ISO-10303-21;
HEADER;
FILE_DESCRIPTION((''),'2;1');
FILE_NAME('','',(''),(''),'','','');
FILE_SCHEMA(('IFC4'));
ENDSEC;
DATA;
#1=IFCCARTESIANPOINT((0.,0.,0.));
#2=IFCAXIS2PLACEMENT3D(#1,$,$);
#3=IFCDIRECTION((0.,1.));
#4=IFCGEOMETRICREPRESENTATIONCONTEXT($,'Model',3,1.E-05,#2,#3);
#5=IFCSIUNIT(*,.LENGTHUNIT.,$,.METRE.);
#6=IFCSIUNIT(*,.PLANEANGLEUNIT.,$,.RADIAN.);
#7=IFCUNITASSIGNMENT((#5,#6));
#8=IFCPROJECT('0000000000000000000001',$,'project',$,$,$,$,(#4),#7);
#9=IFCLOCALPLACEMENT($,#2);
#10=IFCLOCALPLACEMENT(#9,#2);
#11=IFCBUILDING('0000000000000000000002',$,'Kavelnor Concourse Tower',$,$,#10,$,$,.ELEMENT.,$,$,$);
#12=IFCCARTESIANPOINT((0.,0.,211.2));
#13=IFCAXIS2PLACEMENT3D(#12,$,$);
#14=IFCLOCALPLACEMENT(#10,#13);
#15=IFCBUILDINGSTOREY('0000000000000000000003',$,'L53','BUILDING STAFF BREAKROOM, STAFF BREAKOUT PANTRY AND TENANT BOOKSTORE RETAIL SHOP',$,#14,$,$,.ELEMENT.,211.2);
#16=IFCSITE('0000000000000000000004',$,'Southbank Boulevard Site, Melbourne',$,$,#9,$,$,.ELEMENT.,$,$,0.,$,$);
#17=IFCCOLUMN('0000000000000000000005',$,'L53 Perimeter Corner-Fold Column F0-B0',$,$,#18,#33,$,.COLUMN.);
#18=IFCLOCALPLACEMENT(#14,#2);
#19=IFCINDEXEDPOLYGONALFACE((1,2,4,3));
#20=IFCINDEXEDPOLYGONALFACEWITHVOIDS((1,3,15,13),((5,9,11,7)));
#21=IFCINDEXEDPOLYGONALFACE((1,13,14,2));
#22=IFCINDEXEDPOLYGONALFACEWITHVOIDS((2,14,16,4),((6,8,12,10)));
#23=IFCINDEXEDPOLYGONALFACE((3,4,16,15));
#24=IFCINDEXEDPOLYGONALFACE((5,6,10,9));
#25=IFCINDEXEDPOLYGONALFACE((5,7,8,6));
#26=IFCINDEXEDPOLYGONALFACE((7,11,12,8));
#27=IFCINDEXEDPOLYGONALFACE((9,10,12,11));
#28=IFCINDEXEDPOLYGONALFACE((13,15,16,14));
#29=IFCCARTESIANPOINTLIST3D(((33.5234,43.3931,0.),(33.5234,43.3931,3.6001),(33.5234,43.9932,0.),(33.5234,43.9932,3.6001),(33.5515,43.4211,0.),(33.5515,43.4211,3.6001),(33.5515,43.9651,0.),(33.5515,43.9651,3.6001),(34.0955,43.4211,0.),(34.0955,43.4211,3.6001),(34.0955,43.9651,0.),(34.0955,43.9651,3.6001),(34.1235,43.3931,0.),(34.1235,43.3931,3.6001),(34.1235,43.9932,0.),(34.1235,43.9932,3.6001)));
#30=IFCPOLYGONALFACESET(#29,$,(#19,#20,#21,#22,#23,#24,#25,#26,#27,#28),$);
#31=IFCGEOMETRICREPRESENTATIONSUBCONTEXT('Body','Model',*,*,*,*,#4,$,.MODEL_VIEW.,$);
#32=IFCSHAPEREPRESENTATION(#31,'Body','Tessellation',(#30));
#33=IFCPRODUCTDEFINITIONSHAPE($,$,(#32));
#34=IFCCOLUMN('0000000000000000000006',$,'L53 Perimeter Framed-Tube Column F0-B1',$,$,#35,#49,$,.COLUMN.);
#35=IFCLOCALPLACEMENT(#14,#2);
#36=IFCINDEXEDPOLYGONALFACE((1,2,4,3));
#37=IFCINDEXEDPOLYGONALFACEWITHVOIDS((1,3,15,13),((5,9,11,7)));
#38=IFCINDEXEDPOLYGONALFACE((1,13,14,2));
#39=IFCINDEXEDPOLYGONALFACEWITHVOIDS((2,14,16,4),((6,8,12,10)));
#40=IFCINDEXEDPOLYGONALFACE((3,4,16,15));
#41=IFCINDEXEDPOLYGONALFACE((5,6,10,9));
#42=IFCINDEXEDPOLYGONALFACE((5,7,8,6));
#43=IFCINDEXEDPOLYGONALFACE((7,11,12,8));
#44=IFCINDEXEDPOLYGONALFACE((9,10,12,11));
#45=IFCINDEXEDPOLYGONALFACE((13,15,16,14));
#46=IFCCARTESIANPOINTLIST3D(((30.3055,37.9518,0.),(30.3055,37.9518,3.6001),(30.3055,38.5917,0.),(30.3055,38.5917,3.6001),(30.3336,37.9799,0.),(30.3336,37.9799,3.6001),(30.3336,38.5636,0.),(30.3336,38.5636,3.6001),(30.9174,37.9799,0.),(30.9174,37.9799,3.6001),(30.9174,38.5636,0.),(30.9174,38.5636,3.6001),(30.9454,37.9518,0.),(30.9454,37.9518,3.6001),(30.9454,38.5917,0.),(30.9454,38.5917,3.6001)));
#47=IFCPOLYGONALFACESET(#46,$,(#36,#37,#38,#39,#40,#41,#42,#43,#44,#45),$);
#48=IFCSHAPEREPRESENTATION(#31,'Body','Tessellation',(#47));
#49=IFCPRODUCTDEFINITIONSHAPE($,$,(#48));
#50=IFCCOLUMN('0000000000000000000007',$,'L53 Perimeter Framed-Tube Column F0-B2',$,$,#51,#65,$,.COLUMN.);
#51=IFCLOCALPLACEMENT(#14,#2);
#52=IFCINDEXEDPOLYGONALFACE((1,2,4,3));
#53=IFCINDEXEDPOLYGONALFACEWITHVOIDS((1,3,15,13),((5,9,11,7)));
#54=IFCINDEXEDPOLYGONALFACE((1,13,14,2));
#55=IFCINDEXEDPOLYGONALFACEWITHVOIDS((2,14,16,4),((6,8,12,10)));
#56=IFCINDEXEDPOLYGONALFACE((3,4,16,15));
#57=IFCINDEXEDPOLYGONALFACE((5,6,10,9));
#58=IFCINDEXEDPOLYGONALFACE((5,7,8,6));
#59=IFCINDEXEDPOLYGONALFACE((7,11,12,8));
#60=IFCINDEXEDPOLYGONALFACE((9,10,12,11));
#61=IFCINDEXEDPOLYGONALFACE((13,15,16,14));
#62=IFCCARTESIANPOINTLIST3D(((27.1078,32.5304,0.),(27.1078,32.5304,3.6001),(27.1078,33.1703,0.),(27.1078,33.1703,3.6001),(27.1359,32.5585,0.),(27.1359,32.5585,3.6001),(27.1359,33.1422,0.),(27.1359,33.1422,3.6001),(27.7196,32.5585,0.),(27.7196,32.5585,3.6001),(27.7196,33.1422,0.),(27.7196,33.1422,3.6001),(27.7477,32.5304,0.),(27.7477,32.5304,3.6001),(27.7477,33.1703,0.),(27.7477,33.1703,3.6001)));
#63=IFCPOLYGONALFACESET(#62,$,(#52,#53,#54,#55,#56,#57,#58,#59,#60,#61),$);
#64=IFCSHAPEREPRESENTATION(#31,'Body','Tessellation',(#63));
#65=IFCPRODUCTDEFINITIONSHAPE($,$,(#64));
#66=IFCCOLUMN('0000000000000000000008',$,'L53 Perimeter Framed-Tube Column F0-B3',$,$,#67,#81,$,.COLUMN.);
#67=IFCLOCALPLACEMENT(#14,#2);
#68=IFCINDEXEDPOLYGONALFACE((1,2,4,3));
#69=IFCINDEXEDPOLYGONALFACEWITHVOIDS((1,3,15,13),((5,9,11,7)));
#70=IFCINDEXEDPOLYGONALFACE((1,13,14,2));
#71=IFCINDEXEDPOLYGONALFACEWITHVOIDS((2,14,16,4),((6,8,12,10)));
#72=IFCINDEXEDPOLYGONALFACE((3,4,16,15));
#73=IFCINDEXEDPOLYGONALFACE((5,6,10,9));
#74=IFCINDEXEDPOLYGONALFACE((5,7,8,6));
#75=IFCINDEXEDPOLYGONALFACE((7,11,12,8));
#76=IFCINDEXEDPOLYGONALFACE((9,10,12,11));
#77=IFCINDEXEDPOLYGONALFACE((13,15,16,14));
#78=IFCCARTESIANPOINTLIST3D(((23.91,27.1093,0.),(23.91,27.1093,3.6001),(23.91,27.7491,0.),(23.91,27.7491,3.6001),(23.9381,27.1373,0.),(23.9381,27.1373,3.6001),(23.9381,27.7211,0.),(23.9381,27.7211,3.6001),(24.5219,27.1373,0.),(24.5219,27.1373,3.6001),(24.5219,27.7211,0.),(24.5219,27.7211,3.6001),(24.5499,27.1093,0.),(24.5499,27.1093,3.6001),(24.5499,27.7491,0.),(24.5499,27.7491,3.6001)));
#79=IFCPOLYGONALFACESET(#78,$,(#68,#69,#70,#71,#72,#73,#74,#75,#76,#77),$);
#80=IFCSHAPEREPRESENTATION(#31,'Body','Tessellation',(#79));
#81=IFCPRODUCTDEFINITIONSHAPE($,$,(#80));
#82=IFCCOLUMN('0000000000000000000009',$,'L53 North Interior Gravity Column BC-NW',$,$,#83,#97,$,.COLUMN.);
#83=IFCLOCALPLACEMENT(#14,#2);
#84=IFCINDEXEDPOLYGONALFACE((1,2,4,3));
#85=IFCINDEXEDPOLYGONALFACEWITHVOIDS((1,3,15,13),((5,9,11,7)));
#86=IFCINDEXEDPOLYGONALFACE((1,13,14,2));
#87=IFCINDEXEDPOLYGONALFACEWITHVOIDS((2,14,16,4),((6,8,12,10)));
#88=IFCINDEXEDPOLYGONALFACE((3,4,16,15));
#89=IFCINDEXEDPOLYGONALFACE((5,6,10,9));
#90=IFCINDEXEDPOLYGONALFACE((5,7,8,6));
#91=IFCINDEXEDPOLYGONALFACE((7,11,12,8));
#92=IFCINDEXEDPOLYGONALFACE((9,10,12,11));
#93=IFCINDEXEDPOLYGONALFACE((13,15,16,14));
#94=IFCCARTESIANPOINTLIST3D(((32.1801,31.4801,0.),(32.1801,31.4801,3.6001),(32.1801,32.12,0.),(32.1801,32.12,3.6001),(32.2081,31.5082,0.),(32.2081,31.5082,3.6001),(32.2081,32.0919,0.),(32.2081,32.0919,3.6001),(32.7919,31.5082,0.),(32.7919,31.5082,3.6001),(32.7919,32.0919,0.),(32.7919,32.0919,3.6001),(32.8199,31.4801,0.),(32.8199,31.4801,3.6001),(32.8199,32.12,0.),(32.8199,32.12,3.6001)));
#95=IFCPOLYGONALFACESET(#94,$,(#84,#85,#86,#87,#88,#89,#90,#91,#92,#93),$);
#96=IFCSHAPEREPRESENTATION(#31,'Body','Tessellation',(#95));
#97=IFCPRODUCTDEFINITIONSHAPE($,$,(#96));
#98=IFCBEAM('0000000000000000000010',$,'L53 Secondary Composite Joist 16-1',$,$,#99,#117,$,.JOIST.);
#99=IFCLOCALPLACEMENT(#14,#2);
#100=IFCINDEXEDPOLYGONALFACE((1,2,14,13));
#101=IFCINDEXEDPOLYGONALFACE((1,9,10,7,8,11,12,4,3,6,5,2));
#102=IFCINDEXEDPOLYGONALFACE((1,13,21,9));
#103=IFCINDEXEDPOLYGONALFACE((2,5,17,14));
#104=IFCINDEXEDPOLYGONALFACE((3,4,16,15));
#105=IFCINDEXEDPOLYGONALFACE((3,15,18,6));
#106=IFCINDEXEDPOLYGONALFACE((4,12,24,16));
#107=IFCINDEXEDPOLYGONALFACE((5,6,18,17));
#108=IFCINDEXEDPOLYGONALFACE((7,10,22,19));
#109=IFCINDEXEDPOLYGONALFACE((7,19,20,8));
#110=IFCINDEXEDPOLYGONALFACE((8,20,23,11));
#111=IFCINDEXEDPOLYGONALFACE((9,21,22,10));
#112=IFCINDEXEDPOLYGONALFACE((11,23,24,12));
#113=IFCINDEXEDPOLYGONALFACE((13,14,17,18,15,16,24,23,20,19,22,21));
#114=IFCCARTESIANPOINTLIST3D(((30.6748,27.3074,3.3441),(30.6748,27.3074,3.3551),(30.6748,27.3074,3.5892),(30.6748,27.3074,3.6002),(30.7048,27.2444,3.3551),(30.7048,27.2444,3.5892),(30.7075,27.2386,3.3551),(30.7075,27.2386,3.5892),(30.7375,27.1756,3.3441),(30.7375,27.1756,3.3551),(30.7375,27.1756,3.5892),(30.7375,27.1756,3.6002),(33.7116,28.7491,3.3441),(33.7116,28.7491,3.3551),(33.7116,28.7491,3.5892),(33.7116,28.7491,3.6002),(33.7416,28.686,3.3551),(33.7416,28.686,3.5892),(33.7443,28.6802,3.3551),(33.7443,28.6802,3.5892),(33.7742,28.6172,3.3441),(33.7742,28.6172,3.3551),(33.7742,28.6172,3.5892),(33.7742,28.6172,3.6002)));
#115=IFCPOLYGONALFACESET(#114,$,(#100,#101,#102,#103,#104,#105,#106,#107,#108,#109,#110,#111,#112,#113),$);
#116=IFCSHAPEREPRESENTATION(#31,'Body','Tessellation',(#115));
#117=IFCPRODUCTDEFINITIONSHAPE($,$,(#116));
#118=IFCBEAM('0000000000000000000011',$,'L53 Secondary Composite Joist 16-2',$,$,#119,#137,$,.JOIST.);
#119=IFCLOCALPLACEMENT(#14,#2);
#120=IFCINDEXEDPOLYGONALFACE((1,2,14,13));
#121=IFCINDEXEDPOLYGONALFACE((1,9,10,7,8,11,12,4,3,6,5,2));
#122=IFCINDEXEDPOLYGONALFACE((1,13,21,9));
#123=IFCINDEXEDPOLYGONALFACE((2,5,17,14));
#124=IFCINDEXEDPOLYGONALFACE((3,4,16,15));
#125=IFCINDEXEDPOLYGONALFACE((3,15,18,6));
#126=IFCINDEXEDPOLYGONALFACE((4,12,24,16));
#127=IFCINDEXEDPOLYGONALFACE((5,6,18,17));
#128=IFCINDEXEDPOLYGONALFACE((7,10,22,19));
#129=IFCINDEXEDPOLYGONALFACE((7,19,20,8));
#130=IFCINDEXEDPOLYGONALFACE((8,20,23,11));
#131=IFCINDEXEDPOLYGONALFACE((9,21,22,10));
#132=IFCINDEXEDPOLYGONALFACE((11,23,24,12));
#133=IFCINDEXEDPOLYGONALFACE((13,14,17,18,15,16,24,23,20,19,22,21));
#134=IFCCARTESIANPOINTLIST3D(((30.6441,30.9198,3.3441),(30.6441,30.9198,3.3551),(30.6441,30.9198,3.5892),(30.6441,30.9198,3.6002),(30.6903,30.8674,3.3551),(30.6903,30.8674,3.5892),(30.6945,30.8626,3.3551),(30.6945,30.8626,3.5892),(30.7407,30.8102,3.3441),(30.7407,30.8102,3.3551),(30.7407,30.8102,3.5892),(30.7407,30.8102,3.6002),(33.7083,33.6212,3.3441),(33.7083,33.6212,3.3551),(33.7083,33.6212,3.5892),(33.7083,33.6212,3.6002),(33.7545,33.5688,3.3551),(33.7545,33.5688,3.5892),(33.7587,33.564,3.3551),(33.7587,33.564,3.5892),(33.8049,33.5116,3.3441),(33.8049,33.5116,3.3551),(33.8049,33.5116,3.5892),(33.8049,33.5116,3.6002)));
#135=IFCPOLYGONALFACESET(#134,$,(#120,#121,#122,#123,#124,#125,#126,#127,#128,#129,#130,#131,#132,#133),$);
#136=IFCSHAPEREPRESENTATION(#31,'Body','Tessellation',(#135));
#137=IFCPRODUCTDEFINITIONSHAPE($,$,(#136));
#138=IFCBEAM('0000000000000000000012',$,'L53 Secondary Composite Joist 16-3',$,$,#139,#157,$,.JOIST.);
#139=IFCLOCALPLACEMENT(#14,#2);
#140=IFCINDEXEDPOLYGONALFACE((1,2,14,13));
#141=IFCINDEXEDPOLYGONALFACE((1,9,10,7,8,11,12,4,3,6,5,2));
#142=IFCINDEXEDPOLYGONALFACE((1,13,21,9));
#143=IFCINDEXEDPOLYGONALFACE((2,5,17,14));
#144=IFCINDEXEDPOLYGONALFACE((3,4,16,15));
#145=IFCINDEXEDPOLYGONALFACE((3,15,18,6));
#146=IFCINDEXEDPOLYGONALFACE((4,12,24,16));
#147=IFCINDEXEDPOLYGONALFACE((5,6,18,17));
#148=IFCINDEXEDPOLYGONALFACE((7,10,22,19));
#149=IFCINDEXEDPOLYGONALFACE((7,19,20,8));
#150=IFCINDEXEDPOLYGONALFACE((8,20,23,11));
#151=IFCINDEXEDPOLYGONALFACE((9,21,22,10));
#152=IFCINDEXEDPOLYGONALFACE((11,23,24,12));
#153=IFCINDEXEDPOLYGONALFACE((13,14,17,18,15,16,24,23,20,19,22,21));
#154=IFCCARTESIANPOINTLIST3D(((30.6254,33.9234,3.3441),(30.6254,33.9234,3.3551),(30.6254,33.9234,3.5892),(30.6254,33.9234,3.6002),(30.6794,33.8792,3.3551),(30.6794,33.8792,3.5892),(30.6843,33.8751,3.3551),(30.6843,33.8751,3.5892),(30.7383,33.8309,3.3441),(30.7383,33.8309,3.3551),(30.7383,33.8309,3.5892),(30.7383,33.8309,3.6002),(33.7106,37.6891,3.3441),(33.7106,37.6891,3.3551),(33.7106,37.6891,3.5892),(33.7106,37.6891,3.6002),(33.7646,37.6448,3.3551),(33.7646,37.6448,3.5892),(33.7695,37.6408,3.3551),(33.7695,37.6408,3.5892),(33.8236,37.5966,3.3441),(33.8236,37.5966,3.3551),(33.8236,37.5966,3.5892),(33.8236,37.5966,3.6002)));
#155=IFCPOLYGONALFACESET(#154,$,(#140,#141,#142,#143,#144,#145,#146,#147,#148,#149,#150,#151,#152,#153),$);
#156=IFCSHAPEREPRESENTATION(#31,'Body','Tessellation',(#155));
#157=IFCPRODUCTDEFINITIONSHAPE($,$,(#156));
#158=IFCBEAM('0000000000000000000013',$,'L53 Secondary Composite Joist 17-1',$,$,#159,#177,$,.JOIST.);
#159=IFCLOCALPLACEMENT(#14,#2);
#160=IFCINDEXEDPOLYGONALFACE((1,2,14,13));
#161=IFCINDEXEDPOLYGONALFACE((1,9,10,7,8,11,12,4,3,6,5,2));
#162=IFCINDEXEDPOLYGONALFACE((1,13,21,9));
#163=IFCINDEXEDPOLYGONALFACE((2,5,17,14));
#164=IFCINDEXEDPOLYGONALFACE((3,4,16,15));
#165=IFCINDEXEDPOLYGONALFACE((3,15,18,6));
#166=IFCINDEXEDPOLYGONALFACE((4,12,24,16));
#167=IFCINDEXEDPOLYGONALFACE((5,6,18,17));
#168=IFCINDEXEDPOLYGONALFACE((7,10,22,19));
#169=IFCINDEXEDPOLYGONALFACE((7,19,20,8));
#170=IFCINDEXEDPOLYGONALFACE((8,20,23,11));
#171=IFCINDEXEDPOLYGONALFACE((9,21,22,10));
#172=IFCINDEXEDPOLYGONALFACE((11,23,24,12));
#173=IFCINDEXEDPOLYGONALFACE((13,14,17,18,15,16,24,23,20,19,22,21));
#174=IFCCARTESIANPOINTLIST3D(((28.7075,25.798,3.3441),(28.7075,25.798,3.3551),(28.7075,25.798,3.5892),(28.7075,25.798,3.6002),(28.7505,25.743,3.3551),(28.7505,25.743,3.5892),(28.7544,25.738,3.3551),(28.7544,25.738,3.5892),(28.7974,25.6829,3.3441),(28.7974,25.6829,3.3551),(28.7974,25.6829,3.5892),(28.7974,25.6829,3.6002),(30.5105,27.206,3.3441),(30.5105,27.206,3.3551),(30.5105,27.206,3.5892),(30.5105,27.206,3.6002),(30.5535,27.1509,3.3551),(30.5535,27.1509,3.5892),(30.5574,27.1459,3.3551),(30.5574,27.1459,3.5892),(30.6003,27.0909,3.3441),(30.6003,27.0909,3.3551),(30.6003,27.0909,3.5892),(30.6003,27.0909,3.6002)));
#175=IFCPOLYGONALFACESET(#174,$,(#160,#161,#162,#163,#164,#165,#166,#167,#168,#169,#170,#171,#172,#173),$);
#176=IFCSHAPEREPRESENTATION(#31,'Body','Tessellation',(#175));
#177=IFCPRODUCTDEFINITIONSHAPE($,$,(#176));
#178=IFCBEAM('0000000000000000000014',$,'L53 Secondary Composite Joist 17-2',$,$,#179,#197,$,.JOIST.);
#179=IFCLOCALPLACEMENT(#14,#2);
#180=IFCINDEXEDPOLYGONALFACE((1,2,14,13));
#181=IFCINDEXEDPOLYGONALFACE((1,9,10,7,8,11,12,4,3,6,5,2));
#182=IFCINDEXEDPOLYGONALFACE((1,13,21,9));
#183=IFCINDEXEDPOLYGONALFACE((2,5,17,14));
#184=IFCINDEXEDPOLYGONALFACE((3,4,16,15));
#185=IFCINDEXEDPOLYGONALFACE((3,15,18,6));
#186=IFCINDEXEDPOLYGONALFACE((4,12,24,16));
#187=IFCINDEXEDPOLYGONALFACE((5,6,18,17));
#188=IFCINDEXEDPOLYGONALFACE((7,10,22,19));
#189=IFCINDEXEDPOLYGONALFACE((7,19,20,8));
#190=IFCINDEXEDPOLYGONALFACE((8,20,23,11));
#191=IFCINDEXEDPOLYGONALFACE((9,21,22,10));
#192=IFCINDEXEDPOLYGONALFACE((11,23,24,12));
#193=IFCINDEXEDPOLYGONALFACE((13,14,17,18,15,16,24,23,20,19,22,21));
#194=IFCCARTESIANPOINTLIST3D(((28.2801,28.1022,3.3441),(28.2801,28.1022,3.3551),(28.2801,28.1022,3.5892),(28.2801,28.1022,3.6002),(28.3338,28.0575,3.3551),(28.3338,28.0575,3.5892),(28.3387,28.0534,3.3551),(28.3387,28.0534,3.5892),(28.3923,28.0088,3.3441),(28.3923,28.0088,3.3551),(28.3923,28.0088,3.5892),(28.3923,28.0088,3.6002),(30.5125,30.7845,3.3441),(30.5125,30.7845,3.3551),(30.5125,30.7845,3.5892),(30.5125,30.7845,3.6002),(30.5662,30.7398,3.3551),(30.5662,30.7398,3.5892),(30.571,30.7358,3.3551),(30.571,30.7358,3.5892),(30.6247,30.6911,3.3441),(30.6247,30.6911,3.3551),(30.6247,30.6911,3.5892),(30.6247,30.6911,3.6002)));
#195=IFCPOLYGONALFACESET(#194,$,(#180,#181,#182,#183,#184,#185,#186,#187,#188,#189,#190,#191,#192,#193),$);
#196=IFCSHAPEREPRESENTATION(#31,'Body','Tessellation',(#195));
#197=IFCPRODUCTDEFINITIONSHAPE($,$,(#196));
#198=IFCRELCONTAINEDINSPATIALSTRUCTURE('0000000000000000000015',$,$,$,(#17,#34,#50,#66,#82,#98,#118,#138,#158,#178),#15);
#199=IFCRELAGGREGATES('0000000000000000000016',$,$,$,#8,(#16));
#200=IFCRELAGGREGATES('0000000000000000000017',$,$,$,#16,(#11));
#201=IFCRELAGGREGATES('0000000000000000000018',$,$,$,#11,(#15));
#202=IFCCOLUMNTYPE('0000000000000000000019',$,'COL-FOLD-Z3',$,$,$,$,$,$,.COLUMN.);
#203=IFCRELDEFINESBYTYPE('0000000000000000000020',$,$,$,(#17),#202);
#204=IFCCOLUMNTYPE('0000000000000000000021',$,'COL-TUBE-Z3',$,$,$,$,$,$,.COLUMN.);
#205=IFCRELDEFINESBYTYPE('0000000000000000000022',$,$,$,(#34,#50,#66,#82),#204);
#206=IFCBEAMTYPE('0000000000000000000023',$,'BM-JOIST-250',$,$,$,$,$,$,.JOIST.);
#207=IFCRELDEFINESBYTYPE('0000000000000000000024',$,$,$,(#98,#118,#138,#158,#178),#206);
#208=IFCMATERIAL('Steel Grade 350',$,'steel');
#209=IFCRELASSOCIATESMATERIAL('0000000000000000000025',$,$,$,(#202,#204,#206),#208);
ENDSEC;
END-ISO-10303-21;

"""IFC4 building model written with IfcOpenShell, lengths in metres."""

from ifc_helpers import new_model, si_unit, direction, frame, origin, origin_2d, place, context, subcontext, project, spatial, hollow_rectangle, i_section, extrude, material, material_profile, profile_set, type_object, element, save


model = new_model("IFC4")

# Units and contexts
model_context = context("Model", 3, precision=1e-05, world=origin(), true_north=direction((0.0, 1.0)))
body_context = subcontext(model_context, "Body", "Model", "MODEL_VIEW")
ifc_project = project(units=[si_unit("LENGTHUNIT", "METRE"), si_unit("PLANEANGLEUNIT", "RADIAN")], contexts=[model_context])

# Site, building, storey
site_placement = place(None, origin())
site = spatial("IfcSite", under=ifc_project, at=site_placement, Name="Southbank Boulevard Site, Melbourne", CompositionType="ELEMENT", RefElevation=0.0)
building_placement = place(site_placement, origin())
building = spatial("IfcBuilding", under=site, at=building_placement, Name="Kavelnor Concourse Tower", CompositionType="ELEMENT")
storey_placement = place(building_placement, frame((0.0, 0.0, 211.2)))
storey = spatial("IfcBuildingStorey", under=building, at=storey_placement, Name="L53", Description="BUILDING STAFF BREAKROOM, STAFF BREAKOUT PANTRY AND TENANT BOOKSTORE RETAIL SHOP", CompositionType="ELEMENT", Elevation=211.2)

# Columns
ifc_material_1 = material(Name="Steel Grade 350", Category="steel")
ifc_material_profile_1 = material_profile(ifc_material_1, hollow_rectangle(XDim=0.6001, YDim=0.6001, WallThickness=0.0281, at=origin_2d()), Name="SHS 600x600x28")
ifc_profile_set_1 = profile_set([ifc_material_profile_1], Name="Steel Grade 350")
column_type_1 = type_object("IfcColumnType", Name="COL-FOLD-Z3", PredefinedType="COLUMN", material=ifc_profile_set_1)
column_placement = place(storey_placement, frame((33.8235, 43.6931, 0.0), z_axis=(0.0, 0.0, 1.0), x_axis=(1.0, 0.0, 0.0)))
element("IfcColumn", 1, at=column_placement, inside=storey, type_object=column_type_1, Name="L53 Perimeter Corner-Fold Column F0-B0", PredefinedType="COLUMN", context=body_context, shape_type="SweptSolid", body=[
    extrude(hollow_rectangle(XDim=0.6001, YDim=0.6001, WallThickness=0.0281, at=origin_2d()), origin(), (0.0, 0.0, 1.0), 3.6001),
])
ifc_material_profile_2 = material_profile(ifc_material_1, hollow_rectangle(XDim=0.6399, YDim=0.6399, WallThickness=0.0281, at=origin_2d()), Name="SHS 640x640x28")
ifc_profile_set_2 = profile_set([ifc_material_profile_2], Name="Steel Grade 350")
column_type_2 = type_object("IfcColumnType", Name="COL-TUBE-Z3", PredefinedType="COLUMN", material=ifc_profile_set_2)
for number, where, z_axis, x_axis, name in (
    (2, (30.6255, 38.2717, 0.0), (0.0, 0.0, 1.0), (1.0, 0.0, 0.0), "L53 Perimeter Framed-Tube Column F0-B1"),
    (3, (27.4277, 32.8503, 0.0), (0.0, 0.0, 1.0), (1.0, 0.0, 0.0), "L53 Perimeter Framed-Tube Column F0-B2"),
    (4, (24.23, 27.4292, 0.0), (0.0, 0.0, 1.0), (1.0, 0.0, 0.0), "L53 Perimeter Framed-Tube Column F0-B3"),
    (5, (32.5, 31.8, 0.0), (0.0, 0.0, 1.0), (1.0, 0.0, 0.0), "L53 North Interior Gravity Column BC-NW"),
):
    element("IfcColumn", number, at=place(storey_placement, frame(where, z_axis=z_axis, x_axis=x_axis)), inside=storey, type_object=column_type_2, Name=name, PredefinedType="COLUMN", context=body_context, shape_type="SweptSolid", body=[
        extrude(hollow_rectangle(XDim=0.6399, YDim=0.6399, WallThickness=0.0281, at=origin_2d()), origin(), (0.0, 0.0, 1.0), 3.6001),
    ])

# Beams
ifc_material_profile_3 = material_profile(ifc_material_1, i_section(OverallWidth=0.146, OverallDepth=0.2561, WebThickness=0.0063, FlangeThickness=0.011, at=origin_2d()), Name="250UB37")
ifc_profile_set_3 = profile_set([ifc_material_profile_3], Name="Steel Grade 350")
beam_type_1 = type_object("IfcBeamType", Name="BM-JOIST-250", PredefinedType="JOIST", material=ifc_profile_set_3)
beam_1_placement = place(storey_placement, frame((33.7429, 28.6831, 3.4722), z_axis=(-0.903377, -0.428848, 0.0), x_axis=(0.428848, -0.903377, 0.0)))
element("IfcBeam", 6, at=beam_1_placement, inside=storey, type_object=beam_type_1, Name="L53 Secondary Composite Joist 16-1", PredefinedType="JOIST", context=body_context, shape_type="SweptSolid", body=[
    extrude(i_section(OverallWidth=0.146, OverallDepth=0.2561, WebThickness=0.0063, FlangeThickness=0.011, at=origin_2d()), origin(), (0.0, 0.0, 1.0), 3.3616),
])
beam_2_placement = place(storey_placement, frame((33.7566, 33.5664, 3.4722), z_axis=(-0.750117, -0.661305, 0.0), x_axis=(0.661305, -0.750117, 0.0)))
element("IfcBeam", 7, at=beam_2_placement, inside=storey, type_object=beam_type_1, Name="L53 Secondary Composite Joist 16-2", PredefinedType="JOIST", context=body_context, shape_type="SweptSolid", body=[
    extrude(i_section(OverallWidth=0.146, OverallDepth=0.2561, WebThickness=0.0063, FlangeThickness=0.011, at=origin_2d()), origin(), (0.0, 0.0, 1.0), 4.085),
])
beam_3_placement = place(storey_placement, frame((33.7671, 37.6428, 3.4722), z_axis=(-0.633759, -0.77353, 0.0), x_axis=(0.77353, -0.633759, 0.0)))
element("IfcBeam", 8, at=beam_3_placement, inside=storey, type_object=beam_type_1, Name="L53 Secondary Composite Joist 16-3", PredefinedType="JOIST", context=body_context, shape_type="SweptSolid", body=[
    extrude(i_section(OverallWidth=0.146, OverallDepth=0.2561, WebThickness=0.0063, FlangeThickness=0.011, at=origin_2d()), origin(), (0.0, 0.0, 1.0), 4.8682),
])
beam_4_placement = place(storey_placement, frame((30.5554, 27.1484, 3.4722), z_axis=(-0.788155, -0.615476, 0.0), x_axis=(0.615476, -0.788155, 0.0)))
element("IfcBeam", 9, at=beam_4_placement, inside=storey, type_object=beam_type_1, Name="L53 Secondary Composite Joist 17-1", PredefinedType="JOIST", context=body_context, shape_type="SweptSolid", body=[
    extrude(i_section(OverallWidth=0.146, OverallDepth=0.2561, WebThickness=0.0063, FlangeThickness=0.011, at=origin_2d()), origin(), (0.0, 0.0, 1.0), 2.2876),
])
beam_5_placement = place(storey_placement, frame((30.5686, 30.7378, 3.4722), z_axis=(-0.639696, -0.768628, 0.0), x_axis=(0.768628, -0.639696, 0.0)))
element("IfcBeam", 10, at=beam_5_placement, inside=storey, type_object=beam_type_1, Name="L53 Secondary Composite Joist 17-2", PredefinedType="JOIST", context=body_context, shape_type="SweptSolid", body=[
    extrude(i_section(OverallWidth=0.146, OverallDepth=0.2561, WebThickness=0.0063, FlangeThickness=0.011, at=origin_2d()), origin(), (0.0, 0.0, 1.0), 3.4897),
])

save(model, "model.ifc")
